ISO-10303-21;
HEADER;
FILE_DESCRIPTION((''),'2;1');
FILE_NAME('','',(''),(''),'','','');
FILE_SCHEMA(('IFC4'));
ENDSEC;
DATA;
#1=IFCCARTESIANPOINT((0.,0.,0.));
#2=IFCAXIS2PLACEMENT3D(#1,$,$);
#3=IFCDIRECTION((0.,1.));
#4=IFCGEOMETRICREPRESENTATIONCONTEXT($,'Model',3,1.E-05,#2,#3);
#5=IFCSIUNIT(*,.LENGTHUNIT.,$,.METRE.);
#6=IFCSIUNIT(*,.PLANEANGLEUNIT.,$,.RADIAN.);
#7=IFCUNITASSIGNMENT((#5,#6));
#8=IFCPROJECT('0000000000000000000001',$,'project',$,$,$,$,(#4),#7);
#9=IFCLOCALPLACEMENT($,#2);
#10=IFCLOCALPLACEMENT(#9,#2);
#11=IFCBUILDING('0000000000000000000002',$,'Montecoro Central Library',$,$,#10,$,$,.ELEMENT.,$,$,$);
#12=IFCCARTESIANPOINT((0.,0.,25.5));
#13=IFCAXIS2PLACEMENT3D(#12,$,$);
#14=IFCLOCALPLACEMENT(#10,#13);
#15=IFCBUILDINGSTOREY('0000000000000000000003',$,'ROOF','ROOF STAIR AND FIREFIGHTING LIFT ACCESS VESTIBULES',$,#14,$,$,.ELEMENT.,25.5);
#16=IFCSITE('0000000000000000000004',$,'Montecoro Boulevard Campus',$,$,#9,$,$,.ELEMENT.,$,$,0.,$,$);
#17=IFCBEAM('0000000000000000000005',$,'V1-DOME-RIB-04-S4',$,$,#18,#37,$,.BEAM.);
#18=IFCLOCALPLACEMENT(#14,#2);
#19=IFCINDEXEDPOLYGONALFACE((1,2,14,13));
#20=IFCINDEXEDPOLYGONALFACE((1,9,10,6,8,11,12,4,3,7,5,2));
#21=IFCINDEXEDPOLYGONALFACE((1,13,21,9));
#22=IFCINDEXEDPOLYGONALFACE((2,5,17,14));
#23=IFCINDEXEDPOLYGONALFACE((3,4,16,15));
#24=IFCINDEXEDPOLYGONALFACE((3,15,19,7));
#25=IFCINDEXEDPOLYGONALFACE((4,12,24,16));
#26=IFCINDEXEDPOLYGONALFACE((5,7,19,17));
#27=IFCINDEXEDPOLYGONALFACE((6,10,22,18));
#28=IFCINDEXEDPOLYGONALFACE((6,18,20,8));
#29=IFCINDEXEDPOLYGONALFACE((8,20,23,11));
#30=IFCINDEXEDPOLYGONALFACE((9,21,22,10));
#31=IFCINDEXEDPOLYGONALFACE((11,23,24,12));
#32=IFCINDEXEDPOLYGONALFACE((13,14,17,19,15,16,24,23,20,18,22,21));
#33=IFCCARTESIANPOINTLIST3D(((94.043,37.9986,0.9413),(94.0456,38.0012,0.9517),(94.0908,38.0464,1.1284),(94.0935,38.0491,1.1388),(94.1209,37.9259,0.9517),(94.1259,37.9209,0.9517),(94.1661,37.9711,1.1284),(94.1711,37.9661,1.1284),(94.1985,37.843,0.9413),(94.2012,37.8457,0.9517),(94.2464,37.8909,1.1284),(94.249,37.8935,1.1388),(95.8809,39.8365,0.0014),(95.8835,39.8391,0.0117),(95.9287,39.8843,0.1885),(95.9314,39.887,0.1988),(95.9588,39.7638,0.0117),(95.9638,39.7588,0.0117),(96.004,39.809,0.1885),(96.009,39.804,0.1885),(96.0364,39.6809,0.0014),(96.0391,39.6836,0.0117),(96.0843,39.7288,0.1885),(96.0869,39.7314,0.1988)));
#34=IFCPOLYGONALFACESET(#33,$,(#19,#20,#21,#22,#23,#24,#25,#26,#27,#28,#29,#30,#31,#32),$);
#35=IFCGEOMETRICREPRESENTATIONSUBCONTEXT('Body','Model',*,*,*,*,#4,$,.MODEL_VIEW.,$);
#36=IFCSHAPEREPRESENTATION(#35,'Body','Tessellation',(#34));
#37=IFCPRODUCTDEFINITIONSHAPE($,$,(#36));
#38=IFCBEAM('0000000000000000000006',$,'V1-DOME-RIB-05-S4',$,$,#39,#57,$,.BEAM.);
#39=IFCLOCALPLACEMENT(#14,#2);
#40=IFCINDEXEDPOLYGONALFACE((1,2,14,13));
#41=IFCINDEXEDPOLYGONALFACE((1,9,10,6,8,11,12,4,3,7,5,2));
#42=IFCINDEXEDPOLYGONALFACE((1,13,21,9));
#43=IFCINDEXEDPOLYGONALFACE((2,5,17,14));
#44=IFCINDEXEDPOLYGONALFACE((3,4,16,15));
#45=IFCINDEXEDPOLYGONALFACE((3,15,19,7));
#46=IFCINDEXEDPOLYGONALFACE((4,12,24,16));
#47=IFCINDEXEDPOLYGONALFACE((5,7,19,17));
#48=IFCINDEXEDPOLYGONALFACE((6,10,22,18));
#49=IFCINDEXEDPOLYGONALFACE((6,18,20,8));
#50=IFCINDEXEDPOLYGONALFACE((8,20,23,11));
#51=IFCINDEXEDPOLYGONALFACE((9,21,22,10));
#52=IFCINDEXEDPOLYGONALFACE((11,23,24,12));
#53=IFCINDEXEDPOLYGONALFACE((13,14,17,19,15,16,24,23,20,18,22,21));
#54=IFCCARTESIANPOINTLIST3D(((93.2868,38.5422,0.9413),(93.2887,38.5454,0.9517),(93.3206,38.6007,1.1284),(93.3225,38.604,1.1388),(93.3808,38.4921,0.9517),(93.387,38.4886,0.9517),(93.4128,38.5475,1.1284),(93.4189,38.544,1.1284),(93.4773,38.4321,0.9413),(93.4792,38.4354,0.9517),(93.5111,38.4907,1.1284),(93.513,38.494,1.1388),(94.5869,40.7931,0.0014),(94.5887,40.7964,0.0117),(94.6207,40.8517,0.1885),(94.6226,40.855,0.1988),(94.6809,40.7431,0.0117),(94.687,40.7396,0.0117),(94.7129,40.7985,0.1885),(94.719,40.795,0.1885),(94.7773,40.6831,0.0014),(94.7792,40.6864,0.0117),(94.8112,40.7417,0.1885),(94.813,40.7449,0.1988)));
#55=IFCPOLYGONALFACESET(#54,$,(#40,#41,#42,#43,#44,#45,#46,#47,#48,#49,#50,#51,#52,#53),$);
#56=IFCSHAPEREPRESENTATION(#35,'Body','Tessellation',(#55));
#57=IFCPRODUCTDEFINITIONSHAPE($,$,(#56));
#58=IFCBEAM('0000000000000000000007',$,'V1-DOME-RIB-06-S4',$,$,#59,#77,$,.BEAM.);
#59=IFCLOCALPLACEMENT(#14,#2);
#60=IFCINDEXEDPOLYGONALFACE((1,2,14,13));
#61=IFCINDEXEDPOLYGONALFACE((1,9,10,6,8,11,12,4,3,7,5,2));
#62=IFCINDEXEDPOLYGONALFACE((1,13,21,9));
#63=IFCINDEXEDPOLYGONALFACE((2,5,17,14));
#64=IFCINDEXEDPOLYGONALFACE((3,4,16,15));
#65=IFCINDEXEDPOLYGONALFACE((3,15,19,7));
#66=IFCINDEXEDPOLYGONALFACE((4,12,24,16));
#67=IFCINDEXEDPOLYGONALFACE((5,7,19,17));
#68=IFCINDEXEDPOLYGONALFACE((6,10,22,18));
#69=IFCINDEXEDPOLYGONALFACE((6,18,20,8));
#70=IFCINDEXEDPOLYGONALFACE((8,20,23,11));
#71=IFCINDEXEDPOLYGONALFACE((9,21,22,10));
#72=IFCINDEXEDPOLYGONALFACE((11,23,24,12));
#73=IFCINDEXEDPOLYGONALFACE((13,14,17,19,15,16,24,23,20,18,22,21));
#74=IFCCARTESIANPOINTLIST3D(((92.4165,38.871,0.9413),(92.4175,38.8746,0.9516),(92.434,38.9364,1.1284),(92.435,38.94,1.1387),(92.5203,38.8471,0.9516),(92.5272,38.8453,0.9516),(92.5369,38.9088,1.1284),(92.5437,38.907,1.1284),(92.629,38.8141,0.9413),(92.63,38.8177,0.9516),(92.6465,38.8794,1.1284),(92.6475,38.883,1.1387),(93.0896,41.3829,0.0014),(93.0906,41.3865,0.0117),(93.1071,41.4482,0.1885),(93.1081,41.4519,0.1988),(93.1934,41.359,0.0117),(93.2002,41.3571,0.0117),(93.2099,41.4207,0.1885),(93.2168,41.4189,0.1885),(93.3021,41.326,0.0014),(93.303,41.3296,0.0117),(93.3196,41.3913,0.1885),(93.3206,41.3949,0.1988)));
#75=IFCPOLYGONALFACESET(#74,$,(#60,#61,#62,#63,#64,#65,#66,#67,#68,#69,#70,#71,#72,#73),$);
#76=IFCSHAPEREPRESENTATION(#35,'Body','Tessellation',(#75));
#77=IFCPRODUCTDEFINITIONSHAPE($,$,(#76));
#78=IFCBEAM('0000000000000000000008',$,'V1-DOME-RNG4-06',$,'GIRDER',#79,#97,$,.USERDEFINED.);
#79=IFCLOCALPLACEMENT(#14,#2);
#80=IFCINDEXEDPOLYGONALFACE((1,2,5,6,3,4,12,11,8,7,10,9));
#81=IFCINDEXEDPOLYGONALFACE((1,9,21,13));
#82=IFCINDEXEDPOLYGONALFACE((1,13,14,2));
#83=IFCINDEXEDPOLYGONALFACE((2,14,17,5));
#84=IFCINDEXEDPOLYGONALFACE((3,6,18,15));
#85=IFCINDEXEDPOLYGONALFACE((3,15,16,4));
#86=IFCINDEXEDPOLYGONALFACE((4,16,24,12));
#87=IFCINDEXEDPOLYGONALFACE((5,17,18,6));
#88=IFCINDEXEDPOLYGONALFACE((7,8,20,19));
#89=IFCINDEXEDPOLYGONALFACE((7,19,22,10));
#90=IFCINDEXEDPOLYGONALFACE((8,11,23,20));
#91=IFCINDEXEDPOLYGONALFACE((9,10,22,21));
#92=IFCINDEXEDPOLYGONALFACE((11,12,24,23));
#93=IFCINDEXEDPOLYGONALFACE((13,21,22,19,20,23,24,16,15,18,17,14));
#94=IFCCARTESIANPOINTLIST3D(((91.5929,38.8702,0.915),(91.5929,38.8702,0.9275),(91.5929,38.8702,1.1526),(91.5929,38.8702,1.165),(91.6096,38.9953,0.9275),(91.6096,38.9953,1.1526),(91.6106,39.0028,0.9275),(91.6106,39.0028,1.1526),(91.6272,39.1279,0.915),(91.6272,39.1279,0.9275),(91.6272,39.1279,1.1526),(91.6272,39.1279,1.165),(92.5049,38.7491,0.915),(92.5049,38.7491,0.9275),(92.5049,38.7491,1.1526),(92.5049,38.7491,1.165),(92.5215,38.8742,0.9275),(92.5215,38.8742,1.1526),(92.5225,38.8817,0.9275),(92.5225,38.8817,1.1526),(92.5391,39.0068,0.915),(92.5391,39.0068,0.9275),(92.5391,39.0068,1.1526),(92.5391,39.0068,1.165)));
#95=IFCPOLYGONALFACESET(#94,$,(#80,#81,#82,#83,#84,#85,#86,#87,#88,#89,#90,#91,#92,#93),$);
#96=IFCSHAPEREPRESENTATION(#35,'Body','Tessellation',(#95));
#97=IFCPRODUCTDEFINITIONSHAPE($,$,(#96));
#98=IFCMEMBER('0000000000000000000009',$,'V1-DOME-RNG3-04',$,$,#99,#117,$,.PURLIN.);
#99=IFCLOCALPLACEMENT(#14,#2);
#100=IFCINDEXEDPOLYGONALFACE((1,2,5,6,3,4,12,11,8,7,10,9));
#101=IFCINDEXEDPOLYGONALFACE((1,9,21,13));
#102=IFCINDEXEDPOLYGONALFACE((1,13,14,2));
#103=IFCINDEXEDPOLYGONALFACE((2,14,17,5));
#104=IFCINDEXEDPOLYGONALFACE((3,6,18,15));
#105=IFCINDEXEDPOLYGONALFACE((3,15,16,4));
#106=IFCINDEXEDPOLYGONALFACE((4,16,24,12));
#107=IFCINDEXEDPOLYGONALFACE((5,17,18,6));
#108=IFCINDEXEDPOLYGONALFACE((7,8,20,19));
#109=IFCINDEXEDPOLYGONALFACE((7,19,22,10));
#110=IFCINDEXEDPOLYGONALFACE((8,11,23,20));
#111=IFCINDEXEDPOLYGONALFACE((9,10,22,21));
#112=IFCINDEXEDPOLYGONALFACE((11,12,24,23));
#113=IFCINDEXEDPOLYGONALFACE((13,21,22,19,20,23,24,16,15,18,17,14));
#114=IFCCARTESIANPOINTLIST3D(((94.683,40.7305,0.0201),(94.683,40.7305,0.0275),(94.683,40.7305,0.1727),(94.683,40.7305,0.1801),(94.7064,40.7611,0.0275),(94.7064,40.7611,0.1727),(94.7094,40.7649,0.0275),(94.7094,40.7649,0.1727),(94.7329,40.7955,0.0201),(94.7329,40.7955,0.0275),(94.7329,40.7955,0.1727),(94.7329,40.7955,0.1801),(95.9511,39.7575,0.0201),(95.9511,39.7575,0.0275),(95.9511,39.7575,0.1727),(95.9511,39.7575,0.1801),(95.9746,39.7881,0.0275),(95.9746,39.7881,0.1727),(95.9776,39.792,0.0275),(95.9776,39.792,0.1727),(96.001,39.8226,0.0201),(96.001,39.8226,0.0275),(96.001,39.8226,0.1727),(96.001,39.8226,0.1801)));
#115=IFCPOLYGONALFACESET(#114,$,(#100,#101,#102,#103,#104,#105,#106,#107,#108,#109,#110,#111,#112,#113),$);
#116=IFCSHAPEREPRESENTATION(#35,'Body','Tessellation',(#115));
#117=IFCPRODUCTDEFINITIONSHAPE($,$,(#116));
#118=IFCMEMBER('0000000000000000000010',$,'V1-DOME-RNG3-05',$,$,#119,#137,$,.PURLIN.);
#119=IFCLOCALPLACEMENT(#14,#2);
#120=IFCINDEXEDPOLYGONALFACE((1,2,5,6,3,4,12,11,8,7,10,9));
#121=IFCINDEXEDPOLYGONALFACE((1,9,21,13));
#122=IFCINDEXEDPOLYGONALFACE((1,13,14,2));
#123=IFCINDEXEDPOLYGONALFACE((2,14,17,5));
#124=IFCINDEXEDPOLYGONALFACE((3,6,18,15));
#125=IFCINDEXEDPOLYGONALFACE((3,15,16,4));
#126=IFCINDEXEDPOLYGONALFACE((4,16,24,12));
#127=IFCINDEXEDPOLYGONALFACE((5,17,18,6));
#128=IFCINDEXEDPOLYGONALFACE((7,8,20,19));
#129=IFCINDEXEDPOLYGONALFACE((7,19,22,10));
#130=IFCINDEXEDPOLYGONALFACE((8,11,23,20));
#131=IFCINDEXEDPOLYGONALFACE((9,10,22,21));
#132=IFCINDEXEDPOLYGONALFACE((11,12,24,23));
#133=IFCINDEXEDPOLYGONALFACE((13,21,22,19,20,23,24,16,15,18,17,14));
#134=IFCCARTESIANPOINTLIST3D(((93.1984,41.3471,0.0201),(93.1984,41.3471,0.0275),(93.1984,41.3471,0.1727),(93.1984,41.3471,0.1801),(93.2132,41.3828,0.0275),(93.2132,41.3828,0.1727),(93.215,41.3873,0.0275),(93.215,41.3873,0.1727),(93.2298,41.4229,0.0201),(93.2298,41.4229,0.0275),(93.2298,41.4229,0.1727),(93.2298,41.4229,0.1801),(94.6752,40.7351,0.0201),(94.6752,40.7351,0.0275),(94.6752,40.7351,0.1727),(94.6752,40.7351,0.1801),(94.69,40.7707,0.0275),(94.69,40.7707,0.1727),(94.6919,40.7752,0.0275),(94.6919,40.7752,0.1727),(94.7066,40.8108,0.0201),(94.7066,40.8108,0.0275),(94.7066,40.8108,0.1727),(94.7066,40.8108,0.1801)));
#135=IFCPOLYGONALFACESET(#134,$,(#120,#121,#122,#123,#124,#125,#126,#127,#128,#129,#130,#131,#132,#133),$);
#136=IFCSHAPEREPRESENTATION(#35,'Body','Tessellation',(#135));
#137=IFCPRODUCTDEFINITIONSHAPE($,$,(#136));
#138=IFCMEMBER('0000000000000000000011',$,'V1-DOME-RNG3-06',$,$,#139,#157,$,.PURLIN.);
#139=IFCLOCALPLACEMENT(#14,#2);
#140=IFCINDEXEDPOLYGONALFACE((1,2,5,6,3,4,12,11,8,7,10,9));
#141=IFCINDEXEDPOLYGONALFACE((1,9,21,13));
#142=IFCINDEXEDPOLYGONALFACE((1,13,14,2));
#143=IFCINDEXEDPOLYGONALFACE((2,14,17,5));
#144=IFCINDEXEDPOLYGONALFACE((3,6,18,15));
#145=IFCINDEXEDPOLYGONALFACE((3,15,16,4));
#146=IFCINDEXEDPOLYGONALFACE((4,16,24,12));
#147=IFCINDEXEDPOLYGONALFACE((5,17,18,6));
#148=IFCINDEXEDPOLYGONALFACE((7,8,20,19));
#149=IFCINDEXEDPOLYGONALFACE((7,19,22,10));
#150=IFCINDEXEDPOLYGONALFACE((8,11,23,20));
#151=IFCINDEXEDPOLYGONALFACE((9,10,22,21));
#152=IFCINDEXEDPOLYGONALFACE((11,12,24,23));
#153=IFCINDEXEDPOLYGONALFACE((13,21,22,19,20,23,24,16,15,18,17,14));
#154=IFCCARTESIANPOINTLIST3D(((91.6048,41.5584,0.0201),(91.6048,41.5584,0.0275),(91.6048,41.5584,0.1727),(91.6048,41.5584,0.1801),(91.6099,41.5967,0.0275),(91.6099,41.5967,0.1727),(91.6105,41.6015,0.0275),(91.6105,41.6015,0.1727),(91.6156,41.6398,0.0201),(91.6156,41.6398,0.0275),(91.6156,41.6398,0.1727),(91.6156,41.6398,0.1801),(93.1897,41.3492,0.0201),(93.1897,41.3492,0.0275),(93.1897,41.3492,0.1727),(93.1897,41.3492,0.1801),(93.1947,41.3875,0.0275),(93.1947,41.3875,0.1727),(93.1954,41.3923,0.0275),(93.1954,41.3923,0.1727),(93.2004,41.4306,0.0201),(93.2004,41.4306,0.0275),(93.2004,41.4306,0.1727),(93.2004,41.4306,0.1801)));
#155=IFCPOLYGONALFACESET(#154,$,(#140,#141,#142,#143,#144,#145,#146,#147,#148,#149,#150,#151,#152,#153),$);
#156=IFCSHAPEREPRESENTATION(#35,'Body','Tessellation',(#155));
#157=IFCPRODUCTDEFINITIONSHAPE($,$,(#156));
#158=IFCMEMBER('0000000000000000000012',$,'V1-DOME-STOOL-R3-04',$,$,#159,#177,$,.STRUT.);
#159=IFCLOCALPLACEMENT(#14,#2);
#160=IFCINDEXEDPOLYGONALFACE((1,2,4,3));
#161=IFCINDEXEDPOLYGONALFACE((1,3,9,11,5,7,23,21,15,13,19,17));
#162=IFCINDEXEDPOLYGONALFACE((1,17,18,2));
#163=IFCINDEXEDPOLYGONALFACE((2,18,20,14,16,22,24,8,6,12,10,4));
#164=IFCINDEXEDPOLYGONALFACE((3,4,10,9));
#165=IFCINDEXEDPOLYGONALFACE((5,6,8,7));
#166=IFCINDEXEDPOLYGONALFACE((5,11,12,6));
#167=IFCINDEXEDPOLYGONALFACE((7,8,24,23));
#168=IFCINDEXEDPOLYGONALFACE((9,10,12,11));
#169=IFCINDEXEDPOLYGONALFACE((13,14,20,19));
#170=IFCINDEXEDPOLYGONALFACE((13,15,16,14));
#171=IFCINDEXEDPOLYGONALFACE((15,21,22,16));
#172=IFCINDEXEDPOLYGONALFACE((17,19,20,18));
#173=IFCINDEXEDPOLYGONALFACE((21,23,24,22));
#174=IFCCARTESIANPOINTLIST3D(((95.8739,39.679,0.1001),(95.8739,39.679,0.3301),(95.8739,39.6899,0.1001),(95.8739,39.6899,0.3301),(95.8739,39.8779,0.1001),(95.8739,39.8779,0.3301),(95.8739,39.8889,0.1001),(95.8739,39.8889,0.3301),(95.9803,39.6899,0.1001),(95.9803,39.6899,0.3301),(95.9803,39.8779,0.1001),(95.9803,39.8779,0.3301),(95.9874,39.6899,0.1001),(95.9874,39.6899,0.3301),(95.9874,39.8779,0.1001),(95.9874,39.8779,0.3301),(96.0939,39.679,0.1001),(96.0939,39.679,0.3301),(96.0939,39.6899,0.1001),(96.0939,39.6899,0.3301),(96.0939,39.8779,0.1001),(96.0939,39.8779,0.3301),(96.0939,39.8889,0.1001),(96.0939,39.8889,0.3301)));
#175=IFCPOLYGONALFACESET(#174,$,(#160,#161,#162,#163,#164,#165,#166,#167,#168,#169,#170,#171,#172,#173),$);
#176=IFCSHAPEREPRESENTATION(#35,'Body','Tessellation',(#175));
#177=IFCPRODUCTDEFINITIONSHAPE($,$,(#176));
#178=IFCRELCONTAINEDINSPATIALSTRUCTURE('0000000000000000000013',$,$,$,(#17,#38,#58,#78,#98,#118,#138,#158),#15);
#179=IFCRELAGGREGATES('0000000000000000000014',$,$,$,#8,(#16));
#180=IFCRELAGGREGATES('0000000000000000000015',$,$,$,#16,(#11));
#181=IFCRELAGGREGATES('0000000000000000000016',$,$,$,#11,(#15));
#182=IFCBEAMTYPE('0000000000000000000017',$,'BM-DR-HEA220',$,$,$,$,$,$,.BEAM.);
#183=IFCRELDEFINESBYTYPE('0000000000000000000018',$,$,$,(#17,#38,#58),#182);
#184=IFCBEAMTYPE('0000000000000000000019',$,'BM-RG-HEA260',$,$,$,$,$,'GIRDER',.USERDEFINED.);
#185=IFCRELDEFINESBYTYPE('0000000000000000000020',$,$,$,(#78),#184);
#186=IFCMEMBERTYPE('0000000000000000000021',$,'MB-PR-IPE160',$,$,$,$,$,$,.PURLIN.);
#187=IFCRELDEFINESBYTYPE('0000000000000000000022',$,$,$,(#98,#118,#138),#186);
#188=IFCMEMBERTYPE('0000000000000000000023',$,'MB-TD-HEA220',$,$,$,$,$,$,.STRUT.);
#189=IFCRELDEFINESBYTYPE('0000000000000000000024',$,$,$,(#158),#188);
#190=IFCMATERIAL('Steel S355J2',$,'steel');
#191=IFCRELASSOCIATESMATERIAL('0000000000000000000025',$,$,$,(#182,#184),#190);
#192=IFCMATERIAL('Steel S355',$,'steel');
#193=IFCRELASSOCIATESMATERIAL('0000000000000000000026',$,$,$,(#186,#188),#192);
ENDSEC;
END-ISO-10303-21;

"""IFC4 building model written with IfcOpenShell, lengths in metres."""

from ifc_helpers import new_model, si_unit, direction, frame, origin, origin_2d, place, context, subcontext, project, spatial, i_section, extrude, material, material_profile, profile_set, type_object, element, save


model = new_model("IFC4")

# Units and contexts
model_context = context("Model", 3, precision=1e-05, world=origin(), true_north=direction((0.0, 1.0)))
body_context = subcontext(model_context, "Body", "Model", "MODEL_VIEW")
ifc_project = project(units=[si_unit("LENGTHUNIT", "METRE"), si_unit("PLANEANGLEUNIT", "RADIAN")], contexts=[model_context])

# Site, building, storey
site_placement = place(None, origin())
site = spatial("IfcSite", under=ifc_project, at=site_placement, Name="Montecoro Boulevard Campus", CompositionType="ELEMENT", RefElevation=0.0)
building_placement = place(site_placement, origin())
building = spatial("IfcBuilding", under=site, at=building_placement, Name="Montecoro Central Library", CompositionType="ELEMENT")
storey_placement = place(building_placement, frame((0.0, 0.0, 25.5)))
storey = spatial("IfcBuildingStorey", under=building, at=storey_placement, Name="ROOF", Description="ROOF STAIR AND FIREFIGHTING LIFT ACCESS VESTIBULES", CompositionType="ELEMENT", Elevation=25.5)

# Beams
ifc_material_1 = material(Name="Steel S355J2", Category="steel")
ifc_material_profile_1 = material_profile(ifc_material_1, i_section(OverallWidth=0.22, OverallDepth=0.21, WebThickness=0.0071, FlangeThickness=0.011, at=origin_2d()), Name="HEA 220")
ifc_profile_set_1 = profile_set([ifc_material_profile_1], Name="Steel S355J2")
beam_type_1 = type_object("IfcBeamType", Name="BM-DR-HEA220", PredefinedType="BEAM", material=ifc_profile_set_1)
beam_1_placement = place(storey_placement, frame((95.9839, 39.7839, 0.1001), z_axis=(-0.664961, -0.664961, 0.340077), x_axis=(0.707107, -0.707107, 0.0)))
element("IfcBeam", 1, at=beam_1_placement, inside=storey, type_object=beam_type_1, Name="V1-DOME-RIB-04-S4", PredefinedType="BEAM", context=body_context, shape_type="SweptSolid", body=[
    extrude(i_section(OverallWidth=0.22, OverallDepth=0.21, WebThickness=0.0071, FlangeThickness=0.011, at=origin_2d()), origin(), (0.0, 0.0, 1.0), 2.7639),
])
beam_2_placement = place(storey_placement, frame((94.7, 40.769, 0.1001), z_axis=(-0.470325, -0.814347, 0.340047), x_axis=(0.865951, -0.500129, 0.0)))
element("IfcBeam", 2, at=beam_2_placement, inside=storey, type_object=beam_type_1, Name="V1-DOME-RIB-05-S4", PredefinedType="BEAM", context=body_context, shape_type="SweptSolid", body=[
    extrude(i_section(OverallWidth=0.22, OverallDepth=0.21, WebThickness=0.0071, FlangeThickness=0.011, at=origin_2d()), origin(), (0.0, 0.0, 1.0), 2.7642),
])
beam_3_placement = place(storey_placement, frame((93.2051, 41.3889, 0.1001), z_axis=(-0.243414, -0.90841, 0.339914), x_axis=(0.965924, -0.258825, 0.0)))
element("IfcBeam", 3, at=beam_3_placement, inside=storey, type_object=beam_type_1, Name="V1-DOME-RIB-06-S4", PredefinedType="BEAM", context=body_context, shape_type="SweptSolid", body=[
    extrude(i_section(OverallWidth=0.22, OverallDepth=0.21, WebThickness=0.0071, FlangeThickness=0.011, at=origin_2d()), origin(), (0.0, 0.0, 1.0), 2.7651),
])
ifc_material_profile_2 = material_profile(ifc_material_1, i_section(OverallWidth=0.26, OverallDepth=0.25, WebThickness=0.0076, FlangeThickness=0.0125, at=origin_2d()), Name="HEA 260")
ifc_profile_set_2 = profile_set([ifc_material_profile_2], Name="Steel S355J2")
beam_type_2 = type_object("IfcBeamType", Name="BM-RG-HEA260", ElementType="GIRDER", PredefinedType="USERDEFINED", material=ifc_profile_set_2)
beam_4_placement = place(storey_placement, frame((92.522, 38.8779, 1.04), z_axis=(-0.991297, 0.131642, 0.0), x_axis=(-0.131642, -0.991297, 0.0)))
element("IfcBeam", 4, at=beam_4_placement, inside=storey, type_object=beam_type_2, Name="V1-DOME-RNG4-06", ObjectType="GIRDER", PredefinedType="USERDEFINED", context=body_context, shape_type="SweptSolid", body=[
    extrude(i_section(OverallWidth=0.26, OverallDepth=0.25, WebThickness=0.0076, FlangeThickness=0.0125, at=origin_2d()), origin(), (0.0, 0.0, 1.0), 0.9199),
])

# Members
ifc_material_2 = material(Name="Steel S355", Category="steel")
ifc_material_profile_3 = material_profile(ifc_material_2, i_section(OverallWidth=0.082, OverallDepth=0.1599, WebThickness=0.0049, FlangeThickness=0.0073, at=origin_2d()), Name="IPE 160")
ifc_profile_set_3 = profile_set([ifc_material_profile_3], Name="Steel S355")
member_type_1 = type_object("IfcMemberType", Name="MB-PR-IPE160", PredefinedType="PURLIN", material=ifc_profile_set_3)
member_placement = place(storey_placement, frame((95.9761, 39.79, 0.1001), z_axis=(-0.79339, 0.608714, 0.0), x_axis=(-0.608714, -0.79339, 0.0)))
element("IfcMember", 5, at=member_placement, inside=storey, type_object=member_type_1, Name="V1-DOME-RNG3-04", PredefinedType="PURLIN", context=body_context, shape_type="SweptSolid", body=[
    extrude(i_section(OverallWidth=0.082, OverallDepth=0.1599, WebThickness=0.0049, FlangeThickness=0.0073, at=origin_2d()), origin(), (0.0, 0.0, 1.0), 1.5984),
])
for number, where, z_axis, x_axis, name in (
    (6, (94.6909, 40.7729, 0.1001), (-0.923803, 0.382869, 0.0), (-0.382869, -0.923803, 0.0), "V1-DOME-RNG3-05"),
    (7, (93.1951, 41.3899, 0.1001), (-0.991399, 0.130873, 0.0), (-0.130873, -0.991399, 0.0), "V1-DOME-RNG3-06"),
):
    element("IfcMember", number, at=place(storey_placement, frame(where, z_axis=z_axis, x_axis=x_axis)), inside=storey, type_object=member_type_1, Name=name, PredefinedType="PURLIN", context=body_context, shape_type="SweptSolid", body=[
        extrude(i_section(OverallWidth=0.082, OverallDepth=0.1599, WebThickness=0.0049, FlangeThickness=0.0073, at=origin_2d()), origin(), (0.0, 0.0, 1.0), 1.5986),
    ])
ifc_material_profile_4 = material_profile(ifc_material_2, i_section(OverallWidth=0.22, OverallDepth=0.21, WebThickness=0.0071, FlangeThickness=0.011, at=origin_2d()), Name="HEA 220")
ifc_profile_set_4 = profile_set([ifc_material_profile_4], Name="Steel S355")
member_type_2 = type_object("IfcMemberType", Name="MB-TD-HEA220", PredefinedType="STRUT", material=ifc_profile_set_4)
for number, where, z_axis, x_axis, name in (
    (8, (95.9839, 39.7839, 0.1001), (0.0, 0.0, 1.0), (1.0, 0.0, 0.0), "V1-DOME-STOOL-R3-04"),
):
    element("IfcMember", number, at=place(storey_placement, frame(where, z_axis=z_axis, x_axis=x_axis)), inside=storey, type_object=member_type_2, Name=name, PredefinedType="STRUT", context=body_context, shape_type="SweptSolid", body=[
        extrude(i_section(OverallWidth=0.22, OverallDepth=0.21, WebThickness=0.0071, FlangeThickness=0.011, at=origin_2d()), origin(), (0.0, 0.0, 1.0), 0.23),
    ])

save(model, "model.ifc")
